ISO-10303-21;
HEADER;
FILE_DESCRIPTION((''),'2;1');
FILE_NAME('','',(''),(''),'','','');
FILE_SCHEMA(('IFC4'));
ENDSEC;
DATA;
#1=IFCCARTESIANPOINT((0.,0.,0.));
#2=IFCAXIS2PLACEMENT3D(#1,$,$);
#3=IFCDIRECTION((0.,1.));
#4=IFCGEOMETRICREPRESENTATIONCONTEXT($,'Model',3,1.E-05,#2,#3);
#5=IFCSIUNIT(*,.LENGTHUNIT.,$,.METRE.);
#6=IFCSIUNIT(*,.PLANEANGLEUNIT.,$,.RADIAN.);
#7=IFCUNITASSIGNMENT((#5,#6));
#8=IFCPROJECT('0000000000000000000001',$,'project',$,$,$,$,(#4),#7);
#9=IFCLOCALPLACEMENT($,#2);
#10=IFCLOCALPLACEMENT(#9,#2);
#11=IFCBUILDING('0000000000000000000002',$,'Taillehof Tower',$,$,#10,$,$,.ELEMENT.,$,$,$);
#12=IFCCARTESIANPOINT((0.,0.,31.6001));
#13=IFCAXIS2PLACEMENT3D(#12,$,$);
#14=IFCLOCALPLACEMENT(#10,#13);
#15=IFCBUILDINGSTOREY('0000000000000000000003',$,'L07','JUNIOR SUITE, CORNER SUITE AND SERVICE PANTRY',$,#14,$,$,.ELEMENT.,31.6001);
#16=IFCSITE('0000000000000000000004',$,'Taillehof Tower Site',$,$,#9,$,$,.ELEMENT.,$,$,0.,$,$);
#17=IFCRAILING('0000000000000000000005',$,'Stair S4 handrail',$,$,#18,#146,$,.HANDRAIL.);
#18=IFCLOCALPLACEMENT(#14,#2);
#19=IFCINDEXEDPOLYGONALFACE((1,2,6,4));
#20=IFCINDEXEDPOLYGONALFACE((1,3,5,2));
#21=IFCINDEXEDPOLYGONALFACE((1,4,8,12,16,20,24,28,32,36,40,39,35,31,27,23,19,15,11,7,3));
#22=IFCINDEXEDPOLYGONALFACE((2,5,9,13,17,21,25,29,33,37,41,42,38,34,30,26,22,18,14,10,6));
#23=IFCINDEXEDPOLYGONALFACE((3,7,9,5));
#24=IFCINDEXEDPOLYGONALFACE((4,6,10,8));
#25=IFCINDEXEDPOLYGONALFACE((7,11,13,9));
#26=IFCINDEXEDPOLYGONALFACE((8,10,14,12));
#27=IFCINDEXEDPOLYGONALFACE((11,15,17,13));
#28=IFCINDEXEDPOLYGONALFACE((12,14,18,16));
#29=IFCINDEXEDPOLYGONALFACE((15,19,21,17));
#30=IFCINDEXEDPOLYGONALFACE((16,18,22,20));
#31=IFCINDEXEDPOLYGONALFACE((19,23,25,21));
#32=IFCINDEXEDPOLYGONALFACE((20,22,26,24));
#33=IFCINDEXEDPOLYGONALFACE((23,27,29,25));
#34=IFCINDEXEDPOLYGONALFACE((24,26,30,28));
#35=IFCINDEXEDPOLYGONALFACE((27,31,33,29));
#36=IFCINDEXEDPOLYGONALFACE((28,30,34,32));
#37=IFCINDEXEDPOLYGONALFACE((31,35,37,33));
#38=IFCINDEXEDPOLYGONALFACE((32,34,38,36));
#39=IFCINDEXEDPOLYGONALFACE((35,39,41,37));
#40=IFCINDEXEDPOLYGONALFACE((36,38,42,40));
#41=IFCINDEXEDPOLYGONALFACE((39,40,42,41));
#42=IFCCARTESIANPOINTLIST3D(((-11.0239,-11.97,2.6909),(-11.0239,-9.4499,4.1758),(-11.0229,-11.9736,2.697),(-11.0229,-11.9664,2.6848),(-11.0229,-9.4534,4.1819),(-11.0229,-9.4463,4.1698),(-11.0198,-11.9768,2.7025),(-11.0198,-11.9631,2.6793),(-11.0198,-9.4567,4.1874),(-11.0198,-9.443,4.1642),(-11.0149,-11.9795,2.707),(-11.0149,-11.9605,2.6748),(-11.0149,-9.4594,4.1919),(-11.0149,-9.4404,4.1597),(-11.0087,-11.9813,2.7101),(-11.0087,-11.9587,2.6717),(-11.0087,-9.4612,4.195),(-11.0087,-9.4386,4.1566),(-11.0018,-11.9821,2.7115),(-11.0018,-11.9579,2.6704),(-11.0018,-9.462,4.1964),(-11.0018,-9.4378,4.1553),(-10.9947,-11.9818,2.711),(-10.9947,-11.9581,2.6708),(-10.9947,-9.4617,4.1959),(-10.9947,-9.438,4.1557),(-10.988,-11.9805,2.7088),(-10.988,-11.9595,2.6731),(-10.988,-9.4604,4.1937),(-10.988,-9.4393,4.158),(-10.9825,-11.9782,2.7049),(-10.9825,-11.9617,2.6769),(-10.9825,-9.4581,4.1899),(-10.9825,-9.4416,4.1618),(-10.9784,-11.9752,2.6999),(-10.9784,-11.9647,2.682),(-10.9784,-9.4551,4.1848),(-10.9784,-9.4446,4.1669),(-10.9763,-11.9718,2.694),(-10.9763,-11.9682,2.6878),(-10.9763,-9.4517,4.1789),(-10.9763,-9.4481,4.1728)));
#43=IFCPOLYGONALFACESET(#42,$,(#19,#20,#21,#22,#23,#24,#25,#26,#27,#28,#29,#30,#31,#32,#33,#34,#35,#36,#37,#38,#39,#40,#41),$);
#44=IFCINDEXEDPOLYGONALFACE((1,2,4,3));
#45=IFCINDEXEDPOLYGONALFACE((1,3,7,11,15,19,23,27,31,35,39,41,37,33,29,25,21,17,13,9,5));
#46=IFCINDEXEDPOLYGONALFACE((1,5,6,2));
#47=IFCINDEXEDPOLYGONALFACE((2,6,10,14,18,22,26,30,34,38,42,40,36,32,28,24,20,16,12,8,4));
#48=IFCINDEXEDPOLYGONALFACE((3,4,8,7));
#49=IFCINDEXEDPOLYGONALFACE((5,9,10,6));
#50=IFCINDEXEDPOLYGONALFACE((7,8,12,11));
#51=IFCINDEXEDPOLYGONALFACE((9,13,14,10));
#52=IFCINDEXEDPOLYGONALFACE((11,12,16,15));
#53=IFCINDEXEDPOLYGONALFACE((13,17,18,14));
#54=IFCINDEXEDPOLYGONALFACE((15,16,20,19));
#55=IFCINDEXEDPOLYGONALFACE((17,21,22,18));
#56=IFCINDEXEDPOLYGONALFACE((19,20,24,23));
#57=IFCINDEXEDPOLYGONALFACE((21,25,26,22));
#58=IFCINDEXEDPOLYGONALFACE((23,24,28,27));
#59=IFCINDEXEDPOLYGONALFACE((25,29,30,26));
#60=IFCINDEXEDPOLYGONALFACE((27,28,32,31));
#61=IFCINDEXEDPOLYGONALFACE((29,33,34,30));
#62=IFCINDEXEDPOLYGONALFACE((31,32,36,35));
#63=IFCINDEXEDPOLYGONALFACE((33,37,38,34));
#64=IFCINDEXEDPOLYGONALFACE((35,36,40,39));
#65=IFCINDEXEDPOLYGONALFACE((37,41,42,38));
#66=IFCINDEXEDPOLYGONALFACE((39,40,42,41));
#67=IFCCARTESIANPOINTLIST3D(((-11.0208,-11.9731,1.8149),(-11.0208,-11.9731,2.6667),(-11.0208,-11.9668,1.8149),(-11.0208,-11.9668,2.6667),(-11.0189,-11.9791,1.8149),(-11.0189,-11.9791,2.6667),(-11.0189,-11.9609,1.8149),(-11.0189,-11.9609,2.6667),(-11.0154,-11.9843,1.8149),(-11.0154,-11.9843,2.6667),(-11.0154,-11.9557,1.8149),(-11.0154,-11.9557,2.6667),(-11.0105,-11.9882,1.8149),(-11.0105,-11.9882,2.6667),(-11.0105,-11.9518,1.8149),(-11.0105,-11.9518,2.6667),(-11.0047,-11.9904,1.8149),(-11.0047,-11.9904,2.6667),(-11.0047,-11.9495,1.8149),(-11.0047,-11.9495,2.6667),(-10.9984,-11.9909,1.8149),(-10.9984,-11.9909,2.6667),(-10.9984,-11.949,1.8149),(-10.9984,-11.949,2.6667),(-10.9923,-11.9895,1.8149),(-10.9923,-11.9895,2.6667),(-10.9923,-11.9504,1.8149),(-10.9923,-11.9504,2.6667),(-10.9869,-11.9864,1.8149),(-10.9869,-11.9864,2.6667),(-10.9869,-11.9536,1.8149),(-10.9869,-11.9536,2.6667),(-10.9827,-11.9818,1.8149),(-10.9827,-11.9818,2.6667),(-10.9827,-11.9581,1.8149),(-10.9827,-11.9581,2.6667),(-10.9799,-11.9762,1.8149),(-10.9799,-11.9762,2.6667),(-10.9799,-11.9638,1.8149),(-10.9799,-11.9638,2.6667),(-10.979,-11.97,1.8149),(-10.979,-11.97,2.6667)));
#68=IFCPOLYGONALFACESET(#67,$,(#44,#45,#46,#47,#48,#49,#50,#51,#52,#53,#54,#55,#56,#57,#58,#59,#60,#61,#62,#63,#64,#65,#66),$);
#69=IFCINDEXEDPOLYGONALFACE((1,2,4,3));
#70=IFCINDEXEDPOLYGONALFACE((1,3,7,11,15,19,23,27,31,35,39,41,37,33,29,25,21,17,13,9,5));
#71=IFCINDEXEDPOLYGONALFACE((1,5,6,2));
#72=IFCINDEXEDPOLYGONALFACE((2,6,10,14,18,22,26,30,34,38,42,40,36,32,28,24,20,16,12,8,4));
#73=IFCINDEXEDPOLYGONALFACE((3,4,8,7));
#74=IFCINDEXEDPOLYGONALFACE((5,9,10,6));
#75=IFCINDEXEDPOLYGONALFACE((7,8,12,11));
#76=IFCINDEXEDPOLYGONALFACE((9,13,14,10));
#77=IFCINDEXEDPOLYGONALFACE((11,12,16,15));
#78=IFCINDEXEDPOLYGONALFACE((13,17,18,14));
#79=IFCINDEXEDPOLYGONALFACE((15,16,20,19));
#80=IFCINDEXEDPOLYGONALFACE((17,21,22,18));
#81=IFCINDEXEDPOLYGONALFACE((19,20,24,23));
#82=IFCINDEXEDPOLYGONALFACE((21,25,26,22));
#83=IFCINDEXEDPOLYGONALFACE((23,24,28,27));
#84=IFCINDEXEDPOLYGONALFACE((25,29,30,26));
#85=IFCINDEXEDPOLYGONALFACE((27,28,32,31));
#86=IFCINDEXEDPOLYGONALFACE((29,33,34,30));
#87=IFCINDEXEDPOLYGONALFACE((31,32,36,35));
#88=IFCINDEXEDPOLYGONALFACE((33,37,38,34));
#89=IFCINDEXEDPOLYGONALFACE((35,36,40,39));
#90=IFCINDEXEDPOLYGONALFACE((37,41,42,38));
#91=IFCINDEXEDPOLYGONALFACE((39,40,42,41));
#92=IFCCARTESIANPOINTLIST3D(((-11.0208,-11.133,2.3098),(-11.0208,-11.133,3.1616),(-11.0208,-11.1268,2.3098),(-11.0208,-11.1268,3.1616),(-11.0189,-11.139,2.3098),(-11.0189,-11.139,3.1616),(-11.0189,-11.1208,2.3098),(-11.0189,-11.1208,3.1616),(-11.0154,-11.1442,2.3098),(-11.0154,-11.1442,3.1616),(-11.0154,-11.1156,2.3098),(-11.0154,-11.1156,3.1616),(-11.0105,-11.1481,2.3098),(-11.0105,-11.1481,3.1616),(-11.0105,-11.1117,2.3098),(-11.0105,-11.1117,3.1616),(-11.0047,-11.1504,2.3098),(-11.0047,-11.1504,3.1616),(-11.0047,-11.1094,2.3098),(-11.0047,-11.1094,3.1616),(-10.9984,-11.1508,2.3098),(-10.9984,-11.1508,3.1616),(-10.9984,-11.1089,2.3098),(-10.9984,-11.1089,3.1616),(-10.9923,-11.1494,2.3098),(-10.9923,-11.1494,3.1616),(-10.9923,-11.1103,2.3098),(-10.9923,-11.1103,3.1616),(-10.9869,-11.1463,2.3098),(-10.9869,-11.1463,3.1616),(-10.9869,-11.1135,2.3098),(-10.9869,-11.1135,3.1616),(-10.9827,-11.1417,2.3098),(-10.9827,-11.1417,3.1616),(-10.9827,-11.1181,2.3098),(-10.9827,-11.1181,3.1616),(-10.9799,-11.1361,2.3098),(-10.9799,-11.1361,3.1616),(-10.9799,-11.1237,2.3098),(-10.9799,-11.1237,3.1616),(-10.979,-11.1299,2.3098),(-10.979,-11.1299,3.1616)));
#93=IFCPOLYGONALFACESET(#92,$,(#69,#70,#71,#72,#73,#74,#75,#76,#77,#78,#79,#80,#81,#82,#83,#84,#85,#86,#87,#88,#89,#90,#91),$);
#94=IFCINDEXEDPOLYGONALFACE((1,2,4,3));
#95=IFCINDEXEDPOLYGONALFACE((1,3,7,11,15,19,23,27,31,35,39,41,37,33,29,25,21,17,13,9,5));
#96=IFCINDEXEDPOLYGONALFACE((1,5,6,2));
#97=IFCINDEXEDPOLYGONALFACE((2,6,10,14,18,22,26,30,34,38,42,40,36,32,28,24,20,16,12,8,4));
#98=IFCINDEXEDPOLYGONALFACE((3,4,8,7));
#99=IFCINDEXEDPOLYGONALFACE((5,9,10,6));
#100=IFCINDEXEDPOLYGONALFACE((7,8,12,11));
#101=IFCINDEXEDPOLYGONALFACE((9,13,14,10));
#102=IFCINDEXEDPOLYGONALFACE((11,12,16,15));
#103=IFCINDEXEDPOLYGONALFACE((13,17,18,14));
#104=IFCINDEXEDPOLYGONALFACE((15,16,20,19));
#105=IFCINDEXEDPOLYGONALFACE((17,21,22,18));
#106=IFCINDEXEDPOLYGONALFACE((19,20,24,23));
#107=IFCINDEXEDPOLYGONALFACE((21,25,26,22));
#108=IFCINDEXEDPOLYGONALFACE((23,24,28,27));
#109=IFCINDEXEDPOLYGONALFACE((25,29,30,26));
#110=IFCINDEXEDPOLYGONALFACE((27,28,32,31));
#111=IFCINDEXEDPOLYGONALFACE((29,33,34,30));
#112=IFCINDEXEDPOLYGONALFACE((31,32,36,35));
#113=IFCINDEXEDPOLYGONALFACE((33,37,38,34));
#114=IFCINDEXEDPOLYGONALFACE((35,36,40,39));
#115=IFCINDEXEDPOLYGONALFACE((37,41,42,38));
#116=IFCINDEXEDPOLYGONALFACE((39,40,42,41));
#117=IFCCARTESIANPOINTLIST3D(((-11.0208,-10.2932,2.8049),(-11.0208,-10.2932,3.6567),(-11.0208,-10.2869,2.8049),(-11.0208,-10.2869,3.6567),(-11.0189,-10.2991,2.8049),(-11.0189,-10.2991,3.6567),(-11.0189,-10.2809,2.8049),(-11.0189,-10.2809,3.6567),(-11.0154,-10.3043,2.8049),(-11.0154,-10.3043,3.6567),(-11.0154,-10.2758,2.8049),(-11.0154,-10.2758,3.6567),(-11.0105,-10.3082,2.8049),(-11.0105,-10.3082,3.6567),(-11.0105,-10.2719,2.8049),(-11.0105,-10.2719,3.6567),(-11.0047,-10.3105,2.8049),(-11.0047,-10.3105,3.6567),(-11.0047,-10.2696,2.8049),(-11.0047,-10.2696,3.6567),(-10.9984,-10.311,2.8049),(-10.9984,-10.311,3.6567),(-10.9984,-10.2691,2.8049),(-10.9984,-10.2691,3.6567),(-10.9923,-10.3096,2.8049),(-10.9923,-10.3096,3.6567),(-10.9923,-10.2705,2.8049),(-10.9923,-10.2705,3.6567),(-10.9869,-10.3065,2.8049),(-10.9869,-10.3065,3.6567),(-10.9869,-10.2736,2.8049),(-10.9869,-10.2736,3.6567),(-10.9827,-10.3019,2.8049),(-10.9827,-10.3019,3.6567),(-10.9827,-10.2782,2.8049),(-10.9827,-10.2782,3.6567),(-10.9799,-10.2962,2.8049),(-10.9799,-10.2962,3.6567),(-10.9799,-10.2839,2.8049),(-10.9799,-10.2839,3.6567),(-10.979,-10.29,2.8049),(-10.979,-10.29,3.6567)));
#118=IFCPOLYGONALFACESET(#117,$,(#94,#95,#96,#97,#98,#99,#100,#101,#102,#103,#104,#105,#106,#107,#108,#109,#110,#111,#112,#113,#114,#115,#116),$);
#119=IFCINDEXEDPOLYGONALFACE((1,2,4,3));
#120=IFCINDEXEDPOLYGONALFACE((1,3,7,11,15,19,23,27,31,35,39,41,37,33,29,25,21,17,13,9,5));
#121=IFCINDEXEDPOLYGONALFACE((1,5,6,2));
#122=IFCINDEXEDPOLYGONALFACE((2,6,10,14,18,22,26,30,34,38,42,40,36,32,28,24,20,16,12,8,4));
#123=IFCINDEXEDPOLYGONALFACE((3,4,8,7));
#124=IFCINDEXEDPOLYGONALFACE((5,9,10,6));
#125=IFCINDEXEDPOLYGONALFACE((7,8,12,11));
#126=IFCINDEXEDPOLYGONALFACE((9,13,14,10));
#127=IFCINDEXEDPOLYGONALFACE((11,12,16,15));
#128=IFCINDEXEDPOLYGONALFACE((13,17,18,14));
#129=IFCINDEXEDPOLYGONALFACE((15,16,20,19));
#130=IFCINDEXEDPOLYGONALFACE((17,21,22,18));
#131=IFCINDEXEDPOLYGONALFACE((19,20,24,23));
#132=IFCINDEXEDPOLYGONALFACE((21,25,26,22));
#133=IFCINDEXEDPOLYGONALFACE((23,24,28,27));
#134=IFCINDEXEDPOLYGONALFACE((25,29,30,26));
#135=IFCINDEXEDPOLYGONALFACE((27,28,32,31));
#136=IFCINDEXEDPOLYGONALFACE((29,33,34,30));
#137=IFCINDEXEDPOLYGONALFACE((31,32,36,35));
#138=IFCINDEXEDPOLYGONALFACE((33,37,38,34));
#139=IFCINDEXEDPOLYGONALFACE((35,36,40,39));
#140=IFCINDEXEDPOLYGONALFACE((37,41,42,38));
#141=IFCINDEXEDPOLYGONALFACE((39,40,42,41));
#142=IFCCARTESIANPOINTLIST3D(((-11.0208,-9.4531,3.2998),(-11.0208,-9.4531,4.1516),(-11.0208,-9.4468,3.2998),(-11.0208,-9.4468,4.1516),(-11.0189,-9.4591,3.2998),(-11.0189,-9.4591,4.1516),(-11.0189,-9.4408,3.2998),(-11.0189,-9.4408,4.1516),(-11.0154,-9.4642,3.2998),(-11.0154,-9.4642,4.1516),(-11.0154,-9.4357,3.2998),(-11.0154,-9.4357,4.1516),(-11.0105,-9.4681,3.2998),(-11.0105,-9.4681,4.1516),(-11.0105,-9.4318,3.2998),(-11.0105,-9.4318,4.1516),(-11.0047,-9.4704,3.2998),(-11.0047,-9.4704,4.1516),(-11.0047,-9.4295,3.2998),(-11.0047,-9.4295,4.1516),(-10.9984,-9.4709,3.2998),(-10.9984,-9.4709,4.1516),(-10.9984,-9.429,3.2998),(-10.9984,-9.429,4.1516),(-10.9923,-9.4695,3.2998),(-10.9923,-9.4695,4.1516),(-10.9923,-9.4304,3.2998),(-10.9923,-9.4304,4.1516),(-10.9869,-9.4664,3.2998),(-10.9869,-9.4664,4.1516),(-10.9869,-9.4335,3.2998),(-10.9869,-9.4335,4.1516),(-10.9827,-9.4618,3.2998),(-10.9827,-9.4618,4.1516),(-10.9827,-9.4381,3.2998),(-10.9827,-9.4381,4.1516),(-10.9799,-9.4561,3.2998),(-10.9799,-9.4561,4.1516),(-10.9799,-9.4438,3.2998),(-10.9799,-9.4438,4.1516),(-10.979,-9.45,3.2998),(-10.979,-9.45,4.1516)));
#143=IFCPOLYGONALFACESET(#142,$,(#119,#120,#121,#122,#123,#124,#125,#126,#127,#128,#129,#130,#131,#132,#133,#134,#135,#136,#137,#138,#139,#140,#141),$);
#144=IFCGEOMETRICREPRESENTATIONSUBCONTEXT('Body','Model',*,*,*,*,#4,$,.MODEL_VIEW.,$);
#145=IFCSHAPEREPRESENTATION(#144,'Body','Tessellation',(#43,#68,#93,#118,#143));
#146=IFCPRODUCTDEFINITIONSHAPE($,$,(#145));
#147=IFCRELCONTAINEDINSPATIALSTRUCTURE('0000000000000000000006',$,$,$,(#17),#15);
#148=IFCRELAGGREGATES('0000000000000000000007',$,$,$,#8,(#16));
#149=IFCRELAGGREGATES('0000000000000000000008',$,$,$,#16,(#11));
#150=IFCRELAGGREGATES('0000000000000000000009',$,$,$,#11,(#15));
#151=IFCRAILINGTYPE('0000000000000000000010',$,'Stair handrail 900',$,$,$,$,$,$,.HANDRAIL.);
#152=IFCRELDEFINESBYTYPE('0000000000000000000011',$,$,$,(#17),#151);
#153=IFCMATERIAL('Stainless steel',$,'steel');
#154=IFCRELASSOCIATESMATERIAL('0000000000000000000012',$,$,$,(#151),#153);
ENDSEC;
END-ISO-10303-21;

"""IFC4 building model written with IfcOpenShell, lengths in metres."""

from ifc_helpers import new_model, si_unit, direction, frame, origin, origin_2d, place, context, subcontext, project, spatial, circle, extrude, material, type_object, element, save


model = new_model("IFC4")

# Units and contexts
model_context = context("Model", 3, precision=1e-05, world=origin(), true_north=direction((0.0, 1.0)))
body_context = subcontext(model_context, "Body", "Model", "MODEL_VIEW")
ifc_project = project(units=[si_unit("LENGTHUNIT", "METRE"), si_unit("PLANEANGLEUNIT", "RADIAN")], contexts=[model_context])

# Site, building, storey
site_placement = place(None, origin())
site = spatial("IfcSite", under=ifc_project, at=site_placement, Name="Taillehof Tower Site", CompositionType="ELEMENT", RefElevation=0.0)
building_placement = place(site_placement, origin())
building = spatial("IfcBuilding", under=site, at=building_placement, Name="Taillehof Tower", CompositionType="ELEMENT")
storey_placement = place(building_placement, frame((0.0, 0.0, 31.6001)))
storey = spatial("IfcBuildingStorey", under=building, at=storey_placement, Name="L07", Description="JUNIOR SUITE, CORNER SUITE AND SERVICE PANTRY", CompositionType="ELEMENT", Elevation=31.6001)

# Railing
ifc_material_1 = material(Name="Stainless steel", Category="steel")
railing_type = type_object("IfcRailingType", Name="Stair handrail 900", PredefinedType="HANDRAIL", material=ifc_material_1)
railing_placement = place(storey_placement, frame((-11.0, -11.97, 1.8149)))
element("IfcRailing", 1, at=railing_placement, inside=storey, type_object=railing_type, Name="Stair S4 handrail", PredefinedType="HANDRAIL", context=body_context, shape_type="SweptSolid", body=[
    extrude(circle(Radius=0.0239, at=origin_2d()), frame((0.0, 0.0, 0.876), z_axis=(0.0, 0.861561, 0.507655), x_axis=(-1.0, 0.0, 0.0)), (0.0, 0.0, 1.0), 2.925),
    extrude(circle(Radius=0.021, at=origin_2d()), origin(), (0.0, 0.0, 1.0), 0.8518),
    extrude(circle(Radius=0.021, at=origin_2d()), frame((0.0, 0.8401, 0.4949)), (0.0, 0.0, 1.0), 0.8518),
    extrude(circle(Radius=0.021, at=origin_2d()), frame((0.0, 1.6799, 0.99)), (0.0, 0.0, 1.0), 0.8518),
    extrude(circle(Radius=0.021, at=origin_2d()), frame((0.0, 2.52, 1.4849)), (0.0, 0.0, 1.0), 0.8518),
])

save(model, "model.ifc")
